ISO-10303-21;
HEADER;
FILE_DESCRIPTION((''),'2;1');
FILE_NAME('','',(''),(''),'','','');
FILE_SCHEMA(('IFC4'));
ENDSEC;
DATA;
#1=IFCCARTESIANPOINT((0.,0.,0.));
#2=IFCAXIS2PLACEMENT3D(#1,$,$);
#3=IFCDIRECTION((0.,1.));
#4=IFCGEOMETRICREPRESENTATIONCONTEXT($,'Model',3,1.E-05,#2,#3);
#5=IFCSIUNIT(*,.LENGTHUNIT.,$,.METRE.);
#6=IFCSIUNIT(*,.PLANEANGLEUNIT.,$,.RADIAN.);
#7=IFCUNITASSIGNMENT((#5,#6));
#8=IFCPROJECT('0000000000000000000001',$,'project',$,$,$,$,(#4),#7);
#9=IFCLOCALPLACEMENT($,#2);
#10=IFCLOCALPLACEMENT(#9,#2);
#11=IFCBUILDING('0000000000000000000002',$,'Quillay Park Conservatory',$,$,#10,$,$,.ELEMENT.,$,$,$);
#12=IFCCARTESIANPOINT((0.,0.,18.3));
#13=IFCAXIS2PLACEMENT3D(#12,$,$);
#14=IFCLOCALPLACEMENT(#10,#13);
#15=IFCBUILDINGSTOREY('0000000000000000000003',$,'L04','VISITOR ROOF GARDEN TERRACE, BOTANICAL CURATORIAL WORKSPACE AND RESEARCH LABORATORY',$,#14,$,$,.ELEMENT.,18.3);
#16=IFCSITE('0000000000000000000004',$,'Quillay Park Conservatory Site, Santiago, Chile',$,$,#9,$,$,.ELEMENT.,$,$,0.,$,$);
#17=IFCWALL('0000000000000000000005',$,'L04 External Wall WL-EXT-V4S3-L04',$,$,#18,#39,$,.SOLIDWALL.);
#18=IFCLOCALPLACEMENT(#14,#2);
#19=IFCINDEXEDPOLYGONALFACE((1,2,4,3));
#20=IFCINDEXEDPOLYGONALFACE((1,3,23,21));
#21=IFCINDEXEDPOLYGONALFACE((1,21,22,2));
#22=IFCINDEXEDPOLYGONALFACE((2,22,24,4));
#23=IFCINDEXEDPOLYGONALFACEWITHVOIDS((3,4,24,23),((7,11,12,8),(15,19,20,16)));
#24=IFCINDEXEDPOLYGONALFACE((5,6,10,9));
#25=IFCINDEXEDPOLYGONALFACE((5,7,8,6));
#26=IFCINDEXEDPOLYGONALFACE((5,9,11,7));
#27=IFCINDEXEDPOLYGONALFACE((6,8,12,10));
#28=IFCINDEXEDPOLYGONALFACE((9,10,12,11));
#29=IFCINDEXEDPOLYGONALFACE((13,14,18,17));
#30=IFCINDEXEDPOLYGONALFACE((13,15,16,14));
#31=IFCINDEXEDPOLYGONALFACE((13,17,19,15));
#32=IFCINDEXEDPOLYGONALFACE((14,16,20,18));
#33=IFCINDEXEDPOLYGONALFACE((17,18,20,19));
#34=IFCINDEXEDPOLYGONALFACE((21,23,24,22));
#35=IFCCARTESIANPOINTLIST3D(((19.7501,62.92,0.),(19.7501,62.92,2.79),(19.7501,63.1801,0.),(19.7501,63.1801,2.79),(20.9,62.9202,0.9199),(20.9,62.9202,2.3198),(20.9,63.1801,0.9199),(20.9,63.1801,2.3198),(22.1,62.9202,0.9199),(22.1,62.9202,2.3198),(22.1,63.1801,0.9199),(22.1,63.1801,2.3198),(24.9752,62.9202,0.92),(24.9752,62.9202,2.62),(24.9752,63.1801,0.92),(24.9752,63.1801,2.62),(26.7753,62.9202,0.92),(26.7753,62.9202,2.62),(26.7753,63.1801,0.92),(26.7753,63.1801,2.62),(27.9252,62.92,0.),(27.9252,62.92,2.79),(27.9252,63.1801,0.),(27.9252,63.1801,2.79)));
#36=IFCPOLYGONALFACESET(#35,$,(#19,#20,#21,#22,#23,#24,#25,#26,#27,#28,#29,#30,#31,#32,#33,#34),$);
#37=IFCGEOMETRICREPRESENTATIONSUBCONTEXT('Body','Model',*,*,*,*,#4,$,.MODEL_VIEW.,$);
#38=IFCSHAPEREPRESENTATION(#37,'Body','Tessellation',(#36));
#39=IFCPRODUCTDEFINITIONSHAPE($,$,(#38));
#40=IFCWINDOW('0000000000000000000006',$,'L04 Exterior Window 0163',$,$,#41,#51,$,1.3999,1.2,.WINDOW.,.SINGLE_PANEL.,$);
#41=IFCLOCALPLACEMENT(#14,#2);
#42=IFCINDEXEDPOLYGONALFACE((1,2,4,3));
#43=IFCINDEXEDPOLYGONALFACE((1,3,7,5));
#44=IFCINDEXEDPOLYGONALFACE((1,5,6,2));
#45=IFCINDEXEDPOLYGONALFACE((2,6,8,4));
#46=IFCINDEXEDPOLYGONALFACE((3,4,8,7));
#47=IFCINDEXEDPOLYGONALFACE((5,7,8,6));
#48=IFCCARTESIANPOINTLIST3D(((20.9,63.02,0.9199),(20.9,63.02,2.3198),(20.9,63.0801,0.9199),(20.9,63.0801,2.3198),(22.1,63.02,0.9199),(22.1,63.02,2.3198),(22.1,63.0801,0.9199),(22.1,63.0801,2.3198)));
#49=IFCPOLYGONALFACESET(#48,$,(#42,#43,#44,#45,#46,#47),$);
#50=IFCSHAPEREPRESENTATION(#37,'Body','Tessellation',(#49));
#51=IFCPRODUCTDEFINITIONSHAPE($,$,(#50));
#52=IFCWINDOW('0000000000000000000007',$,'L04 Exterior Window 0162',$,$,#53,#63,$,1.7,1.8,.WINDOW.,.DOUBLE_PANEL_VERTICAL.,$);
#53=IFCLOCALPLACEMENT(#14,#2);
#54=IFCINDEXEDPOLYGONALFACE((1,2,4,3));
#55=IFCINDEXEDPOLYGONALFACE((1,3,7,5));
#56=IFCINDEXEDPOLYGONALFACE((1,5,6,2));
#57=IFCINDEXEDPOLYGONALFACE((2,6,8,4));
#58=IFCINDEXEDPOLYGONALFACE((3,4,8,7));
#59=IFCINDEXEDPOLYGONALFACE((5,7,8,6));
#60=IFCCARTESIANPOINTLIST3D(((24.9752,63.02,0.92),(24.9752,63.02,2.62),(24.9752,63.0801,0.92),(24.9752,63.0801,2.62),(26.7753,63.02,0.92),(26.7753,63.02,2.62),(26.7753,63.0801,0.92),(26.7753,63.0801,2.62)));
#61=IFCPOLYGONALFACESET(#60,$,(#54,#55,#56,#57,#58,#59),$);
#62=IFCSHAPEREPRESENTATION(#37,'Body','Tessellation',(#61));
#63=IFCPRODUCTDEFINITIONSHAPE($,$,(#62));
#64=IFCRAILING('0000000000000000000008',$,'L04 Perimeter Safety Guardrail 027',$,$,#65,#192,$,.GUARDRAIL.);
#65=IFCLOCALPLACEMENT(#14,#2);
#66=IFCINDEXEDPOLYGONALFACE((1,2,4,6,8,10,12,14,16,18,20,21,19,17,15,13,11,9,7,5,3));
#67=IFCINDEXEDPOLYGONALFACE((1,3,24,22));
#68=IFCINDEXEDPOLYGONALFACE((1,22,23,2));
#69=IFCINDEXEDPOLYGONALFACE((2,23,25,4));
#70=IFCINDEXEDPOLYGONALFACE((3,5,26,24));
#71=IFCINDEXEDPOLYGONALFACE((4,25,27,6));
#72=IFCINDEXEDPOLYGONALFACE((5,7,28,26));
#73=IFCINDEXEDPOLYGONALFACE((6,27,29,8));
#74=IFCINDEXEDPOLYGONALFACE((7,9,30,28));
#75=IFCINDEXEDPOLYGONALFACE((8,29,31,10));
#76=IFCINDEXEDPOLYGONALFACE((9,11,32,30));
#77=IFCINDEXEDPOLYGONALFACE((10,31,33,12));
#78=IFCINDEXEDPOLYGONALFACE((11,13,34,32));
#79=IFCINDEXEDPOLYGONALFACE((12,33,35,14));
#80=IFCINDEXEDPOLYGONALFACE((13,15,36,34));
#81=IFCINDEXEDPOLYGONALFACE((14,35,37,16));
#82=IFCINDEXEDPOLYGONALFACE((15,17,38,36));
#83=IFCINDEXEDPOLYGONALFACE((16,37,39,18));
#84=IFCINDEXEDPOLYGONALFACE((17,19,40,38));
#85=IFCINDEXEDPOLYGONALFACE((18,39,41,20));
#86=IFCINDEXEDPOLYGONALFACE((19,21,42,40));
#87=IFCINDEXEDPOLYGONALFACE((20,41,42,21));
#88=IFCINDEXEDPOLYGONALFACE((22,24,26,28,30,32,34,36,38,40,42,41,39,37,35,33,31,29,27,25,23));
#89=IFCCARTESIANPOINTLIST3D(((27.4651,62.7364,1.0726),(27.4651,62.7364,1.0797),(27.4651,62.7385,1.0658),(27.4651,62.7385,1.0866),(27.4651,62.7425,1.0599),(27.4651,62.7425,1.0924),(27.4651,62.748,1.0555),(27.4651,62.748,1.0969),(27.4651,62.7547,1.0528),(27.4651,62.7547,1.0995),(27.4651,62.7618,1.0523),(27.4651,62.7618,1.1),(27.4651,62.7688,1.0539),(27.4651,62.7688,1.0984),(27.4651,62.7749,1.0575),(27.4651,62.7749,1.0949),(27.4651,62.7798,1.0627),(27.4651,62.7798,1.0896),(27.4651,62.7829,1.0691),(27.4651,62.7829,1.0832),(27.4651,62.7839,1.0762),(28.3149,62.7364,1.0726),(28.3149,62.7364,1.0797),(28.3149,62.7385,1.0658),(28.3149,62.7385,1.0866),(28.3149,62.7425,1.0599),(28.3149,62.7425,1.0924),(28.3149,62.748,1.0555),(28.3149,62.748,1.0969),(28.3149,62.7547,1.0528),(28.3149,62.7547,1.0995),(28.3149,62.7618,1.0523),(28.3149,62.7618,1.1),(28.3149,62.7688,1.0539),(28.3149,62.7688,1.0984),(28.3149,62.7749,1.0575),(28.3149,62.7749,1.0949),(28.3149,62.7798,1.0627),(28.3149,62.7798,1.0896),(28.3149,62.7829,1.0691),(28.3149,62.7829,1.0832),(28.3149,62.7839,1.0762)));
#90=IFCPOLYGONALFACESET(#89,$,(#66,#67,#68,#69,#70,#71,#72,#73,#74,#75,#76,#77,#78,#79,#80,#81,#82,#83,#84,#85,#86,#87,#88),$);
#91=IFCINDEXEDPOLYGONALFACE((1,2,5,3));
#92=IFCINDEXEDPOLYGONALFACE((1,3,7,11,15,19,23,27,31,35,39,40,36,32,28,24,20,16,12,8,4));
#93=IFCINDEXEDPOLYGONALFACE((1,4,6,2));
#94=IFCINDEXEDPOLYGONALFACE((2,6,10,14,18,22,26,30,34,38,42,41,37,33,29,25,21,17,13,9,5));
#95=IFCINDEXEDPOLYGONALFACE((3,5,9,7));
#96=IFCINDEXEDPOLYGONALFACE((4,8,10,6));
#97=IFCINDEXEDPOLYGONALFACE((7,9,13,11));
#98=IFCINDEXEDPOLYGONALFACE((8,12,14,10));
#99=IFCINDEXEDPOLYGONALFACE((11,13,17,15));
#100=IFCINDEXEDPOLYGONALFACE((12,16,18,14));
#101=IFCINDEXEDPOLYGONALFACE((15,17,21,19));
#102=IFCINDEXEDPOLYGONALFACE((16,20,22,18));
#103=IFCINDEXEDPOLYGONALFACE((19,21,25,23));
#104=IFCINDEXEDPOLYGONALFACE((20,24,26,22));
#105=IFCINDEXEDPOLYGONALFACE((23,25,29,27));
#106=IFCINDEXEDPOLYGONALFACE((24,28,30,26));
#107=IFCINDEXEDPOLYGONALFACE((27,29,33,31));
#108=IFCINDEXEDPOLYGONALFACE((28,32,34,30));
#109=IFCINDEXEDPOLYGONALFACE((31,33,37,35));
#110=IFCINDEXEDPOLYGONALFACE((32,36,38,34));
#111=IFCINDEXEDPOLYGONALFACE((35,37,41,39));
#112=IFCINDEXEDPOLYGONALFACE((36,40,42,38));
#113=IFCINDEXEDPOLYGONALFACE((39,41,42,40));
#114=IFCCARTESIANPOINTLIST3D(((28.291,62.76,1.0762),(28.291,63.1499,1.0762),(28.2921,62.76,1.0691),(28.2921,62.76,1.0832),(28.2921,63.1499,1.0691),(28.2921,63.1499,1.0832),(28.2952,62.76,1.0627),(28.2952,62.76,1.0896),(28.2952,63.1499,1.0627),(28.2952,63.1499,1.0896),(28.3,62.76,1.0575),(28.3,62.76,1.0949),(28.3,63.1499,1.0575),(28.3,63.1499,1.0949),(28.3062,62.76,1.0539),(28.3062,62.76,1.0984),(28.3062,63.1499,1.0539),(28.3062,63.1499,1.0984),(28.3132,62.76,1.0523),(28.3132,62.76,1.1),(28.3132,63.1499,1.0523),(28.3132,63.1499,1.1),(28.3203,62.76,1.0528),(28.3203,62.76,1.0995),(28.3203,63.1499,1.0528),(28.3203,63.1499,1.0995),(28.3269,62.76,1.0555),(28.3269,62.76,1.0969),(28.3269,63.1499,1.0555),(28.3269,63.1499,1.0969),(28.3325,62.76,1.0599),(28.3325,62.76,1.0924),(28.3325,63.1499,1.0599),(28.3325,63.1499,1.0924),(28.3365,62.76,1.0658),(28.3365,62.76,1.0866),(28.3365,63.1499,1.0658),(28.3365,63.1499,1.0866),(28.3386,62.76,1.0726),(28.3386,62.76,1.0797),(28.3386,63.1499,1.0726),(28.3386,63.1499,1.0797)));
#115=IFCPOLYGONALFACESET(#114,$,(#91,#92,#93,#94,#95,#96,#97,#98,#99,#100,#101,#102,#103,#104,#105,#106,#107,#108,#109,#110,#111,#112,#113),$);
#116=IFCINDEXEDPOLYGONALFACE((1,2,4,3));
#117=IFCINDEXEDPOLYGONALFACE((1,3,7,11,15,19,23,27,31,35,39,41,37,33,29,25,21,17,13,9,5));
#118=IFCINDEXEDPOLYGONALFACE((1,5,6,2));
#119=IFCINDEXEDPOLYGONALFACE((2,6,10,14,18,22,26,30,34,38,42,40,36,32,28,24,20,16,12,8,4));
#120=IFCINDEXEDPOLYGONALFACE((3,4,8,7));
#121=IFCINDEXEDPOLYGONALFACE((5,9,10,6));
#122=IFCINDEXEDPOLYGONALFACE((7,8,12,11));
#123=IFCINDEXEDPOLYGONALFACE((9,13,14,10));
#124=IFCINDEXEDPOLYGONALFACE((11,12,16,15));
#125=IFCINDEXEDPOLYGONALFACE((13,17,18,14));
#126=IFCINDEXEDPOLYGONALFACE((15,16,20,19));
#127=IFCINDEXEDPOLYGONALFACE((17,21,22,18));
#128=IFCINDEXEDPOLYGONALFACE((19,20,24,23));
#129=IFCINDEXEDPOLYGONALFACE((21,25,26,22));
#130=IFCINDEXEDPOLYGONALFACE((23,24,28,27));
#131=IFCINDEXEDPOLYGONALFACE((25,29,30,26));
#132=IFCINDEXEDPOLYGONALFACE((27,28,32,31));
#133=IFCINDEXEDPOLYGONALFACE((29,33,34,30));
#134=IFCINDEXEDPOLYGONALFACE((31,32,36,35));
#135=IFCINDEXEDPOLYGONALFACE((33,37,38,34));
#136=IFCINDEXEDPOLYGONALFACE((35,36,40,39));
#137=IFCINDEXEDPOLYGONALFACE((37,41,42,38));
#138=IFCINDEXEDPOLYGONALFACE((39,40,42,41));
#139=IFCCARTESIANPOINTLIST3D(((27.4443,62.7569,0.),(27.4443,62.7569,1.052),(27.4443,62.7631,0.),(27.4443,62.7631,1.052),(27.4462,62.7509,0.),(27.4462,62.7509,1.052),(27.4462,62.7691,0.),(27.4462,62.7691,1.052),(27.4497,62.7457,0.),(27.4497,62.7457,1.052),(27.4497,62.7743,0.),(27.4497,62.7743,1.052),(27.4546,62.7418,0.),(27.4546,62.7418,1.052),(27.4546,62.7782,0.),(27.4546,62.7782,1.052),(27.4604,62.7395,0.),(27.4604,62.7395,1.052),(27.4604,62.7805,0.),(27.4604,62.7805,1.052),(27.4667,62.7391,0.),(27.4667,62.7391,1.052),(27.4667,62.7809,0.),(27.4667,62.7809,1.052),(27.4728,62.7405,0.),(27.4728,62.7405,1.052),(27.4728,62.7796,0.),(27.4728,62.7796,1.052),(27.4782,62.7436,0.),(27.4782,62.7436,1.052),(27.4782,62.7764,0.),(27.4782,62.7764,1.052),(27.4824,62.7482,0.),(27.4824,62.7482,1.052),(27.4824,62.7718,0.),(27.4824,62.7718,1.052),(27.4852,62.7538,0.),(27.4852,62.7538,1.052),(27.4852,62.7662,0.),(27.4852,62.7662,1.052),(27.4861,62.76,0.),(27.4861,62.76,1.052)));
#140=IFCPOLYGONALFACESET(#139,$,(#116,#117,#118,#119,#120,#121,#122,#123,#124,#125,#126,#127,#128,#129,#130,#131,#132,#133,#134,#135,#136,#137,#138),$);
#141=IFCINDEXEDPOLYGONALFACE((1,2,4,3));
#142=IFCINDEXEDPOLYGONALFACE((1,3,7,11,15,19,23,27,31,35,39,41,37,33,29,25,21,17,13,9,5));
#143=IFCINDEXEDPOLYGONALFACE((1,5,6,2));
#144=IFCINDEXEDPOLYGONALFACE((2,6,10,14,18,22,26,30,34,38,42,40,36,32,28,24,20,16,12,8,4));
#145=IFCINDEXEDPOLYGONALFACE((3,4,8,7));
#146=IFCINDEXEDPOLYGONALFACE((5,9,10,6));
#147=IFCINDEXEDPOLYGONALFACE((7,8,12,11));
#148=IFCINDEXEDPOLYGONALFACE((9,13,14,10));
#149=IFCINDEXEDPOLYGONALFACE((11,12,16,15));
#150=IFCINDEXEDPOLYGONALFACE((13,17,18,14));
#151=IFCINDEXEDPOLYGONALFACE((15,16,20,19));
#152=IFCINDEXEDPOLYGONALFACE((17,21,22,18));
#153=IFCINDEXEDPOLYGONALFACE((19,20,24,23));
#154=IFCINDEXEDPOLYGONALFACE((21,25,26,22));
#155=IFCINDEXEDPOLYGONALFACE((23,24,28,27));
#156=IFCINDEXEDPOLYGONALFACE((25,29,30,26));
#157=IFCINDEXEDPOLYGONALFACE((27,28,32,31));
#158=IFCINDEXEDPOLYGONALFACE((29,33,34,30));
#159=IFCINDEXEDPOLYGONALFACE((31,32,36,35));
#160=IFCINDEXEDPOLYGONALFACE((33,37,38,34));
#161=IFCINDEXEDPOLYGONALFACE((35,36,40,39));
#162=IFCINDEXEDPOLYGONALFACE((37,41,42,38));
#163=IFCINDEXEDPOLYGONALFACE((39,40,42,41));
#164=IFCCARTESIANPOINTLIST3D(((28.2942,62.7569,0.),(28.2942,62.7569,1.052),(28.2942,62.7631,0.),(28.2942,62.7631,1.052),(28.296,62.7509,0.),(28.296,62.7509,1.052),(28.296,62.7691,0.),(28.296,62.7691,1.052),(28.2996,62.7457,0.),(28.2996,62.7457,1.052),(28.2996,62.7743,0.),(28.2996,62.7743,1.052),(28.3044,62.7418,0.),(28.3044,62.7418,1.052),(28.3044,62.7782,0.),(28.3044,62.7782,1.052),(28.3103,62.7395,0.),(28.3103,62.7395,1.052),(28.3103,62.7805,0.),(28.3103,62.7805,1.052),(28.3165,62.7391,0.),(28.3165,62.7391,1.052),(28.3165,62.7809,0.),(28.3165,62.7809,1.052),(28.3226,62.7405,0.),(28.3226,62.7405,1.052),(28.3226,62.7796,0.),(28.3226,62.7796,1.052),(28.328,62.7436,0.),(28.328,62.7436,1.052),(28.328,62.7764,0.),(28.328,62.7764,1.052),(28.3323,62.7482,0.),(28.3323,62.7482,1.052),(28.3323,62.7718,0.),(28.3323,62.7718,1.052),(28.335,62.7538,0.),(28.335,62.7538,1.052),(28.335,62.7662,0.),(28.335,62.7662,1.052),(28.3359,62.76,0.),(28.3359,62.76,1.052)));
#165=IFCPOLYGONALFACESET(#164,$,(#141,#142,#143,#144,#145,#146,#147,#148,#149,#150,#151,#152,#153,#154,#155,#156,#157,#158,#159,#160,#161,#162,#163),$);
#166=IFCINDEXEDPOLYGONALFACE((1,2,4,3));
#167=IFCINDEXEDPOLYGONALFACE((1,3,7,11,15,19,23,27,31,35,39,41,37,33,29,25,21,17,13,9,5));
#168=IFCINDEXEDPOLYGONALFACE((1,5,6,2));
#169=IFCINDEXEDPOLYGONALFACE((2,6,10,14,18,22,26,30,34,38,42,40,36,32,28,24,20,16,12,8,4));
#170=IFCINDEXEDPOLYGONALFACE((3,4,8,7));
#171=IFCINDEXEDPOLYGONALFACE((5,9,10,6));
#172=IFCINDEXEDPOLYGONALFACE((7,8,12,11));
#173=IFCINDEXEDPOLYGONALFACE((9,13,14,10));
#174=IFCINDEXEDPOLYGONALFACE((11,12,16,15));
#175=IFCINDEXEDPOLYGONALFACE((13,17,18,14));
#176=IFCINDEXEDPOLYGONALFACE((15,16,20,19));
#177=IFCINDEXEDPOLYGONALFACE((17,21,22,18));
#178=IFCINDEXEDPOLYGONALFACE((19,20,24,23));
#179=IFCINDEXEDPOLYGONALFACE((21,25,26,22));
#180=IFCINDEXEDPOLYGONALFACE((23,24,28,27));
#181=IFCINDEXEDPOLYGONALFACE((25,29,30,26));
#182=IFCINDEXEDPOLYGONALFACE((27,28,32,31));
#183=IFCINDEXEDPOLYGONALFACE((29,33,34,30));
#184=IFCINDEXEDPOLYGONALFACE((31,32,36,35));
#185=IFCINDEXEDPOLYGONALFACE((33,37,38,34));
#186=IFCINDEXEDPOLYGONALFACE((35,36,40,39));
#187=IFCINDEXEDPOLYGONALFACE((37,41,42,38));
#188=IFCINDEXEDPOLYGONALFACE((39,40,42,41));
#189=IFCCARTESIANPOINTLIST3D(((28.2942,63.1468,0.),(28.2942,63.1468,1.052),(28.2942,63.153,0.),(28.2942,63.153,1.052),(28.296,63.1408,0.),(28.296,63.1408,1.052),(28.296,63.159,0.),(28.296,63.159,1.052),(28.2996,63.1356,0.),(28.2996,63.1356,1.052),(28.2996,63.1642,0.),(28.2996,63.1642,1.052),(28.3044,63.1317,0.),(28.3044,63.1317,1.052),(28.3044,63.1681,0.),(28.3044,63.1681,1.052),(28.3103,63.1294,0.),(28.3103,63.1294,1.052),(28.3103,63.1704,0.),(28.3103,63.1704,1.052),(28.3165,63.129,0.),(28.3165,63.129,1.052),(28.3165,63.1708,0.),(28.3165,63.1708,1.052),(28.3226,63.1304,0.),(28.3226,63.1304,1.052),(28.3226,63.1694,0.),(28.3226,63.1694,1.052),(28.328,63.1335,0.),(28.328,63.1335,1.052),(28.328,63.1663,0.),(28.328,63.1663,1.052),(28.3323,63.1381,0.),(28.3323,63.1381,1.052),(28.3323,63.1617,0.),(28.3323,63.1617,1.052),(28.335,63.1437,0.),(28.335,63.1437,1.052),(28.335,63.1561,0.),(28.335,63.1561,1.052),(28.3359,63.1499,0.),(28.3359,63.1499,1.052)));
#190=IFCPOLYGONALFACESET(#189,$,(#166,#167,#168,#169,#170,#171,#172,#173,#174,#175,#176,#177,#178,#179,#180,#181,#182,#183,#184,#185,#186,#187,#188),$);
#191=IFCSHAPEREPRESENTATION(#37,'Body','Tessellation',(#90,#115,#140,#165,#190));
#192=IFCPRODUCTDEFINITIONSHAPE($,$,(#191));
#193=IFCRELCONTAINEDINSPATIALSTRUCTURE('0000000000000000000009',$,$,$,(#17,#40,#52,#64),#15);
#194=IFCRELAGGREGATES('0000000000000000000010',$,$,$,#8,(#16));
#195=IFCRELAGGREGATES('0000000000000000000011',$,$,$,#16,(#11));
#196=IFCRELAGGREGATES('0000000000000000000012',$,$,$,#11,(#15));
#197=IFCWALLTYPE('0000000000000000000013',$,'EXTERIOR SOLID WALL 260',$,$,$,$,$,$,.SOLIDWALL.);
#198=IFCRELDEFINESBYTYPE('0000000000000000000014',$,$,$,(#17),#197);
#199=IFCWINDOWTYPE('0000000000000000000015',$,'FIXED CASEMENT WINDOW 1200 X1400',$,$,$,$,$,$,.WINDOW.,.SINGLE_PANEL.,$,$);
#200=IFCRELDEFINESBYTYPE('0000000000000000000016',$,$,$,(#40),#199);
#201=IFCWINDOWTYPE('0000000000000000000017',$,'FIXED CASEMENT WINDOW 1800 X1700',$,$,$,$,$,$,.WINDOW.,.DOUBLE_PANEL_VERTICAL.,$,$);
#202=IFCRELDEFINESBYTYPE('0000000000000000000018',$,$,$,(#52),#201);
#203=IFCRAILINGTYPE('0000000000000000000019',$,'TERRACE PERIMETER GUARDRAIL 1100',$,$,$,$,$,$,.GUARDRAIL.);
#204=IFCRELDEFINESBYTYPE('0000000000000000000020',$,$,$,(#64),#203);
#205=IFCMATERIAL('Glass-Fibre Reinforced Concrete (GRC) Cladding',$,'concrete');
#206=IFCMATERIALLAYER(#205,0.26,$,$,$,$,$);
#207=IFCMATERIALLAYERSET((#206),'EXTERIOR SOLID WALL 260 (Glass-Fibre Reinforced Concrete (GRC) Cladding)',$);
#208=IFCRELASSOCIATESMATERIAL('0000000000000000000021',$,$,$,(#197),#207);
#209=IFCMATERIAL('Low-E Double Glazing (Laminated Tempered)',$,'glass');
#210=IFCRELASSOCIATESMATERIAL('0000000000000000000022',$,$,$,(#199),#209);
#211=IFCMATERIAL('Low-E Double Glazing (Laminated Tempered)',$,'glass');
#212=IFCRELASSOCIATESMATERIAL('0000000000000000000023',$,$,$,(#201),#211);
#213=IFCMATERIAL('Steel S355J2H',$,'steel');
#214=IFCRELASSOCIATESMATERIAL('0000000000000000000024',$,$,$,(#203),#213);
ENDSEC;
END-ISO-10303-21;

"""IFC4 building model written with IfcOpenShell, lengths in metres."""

from ifc_helpers import new_model, si_unit, direction, frame, frame_2d, origin, origin_2d, place, context, subcontext, project, spatial, rectangle, circle, extrude, material, layer, layer_set, type_object, element, fill, save


model = new_model("IFC4")

# Units and contexts
model_context = context("Model", 3, precision=1e-05, world=origin(), true_north=direction((0.0, 1.0)))
body_context = subcontext(model_context, "Body", "Model", "MODEL_VIEW")
ifc_project = project(units=[si_unit("LENGTHUNIT", "METRE"), si_unit("PLANEANGLEUNIT", "RADIAN")], contexts=[model_context])

# Site, building, storey
site_placement = place(None, origin())
site = spatial("IfcSite", under=ifc_project, at=site_placement, Name="Quillay Park Conservatory Site, Santiago, Chile", CompositionType="ELEMENT", RefElevation=0.0)
building_placement = place(site_placement, origin())
building = spatial("IfcBuilding", under=site, at=building_placement, Name="Quillay Park Conservatory", CompositionType="ELEMENT")
storey_placement = place(building_placement, frame((0.0, 0.0, 18.3)))
storey = spatial("IfcBuildingStorey", under=building, at=storey_placement, Name="L04", Description="VISITOR ROOF GARDEN TERRACE, BOTANICAL CURATORIAL WORKSPACE AND RESEARCH LABORATORY", CompositionType="ELEMENT", Elevation=18.3)

# Wall, openings, windows
ifc_material_1 = material(Name="Glass-Fibre Reinforced Concrete (GRC) Cladding", Category="concrete")
ifc_layer_1 = layer(ifc_material_1, 0.26)
ifc_layer_set_1 = layer_set([ifc_layer_1], Name="EXTERIOR SOLID WALL 260 (Glass-Fibre Reinforced Concrete (GRC) Cladding)")
wall_type_1 = type_object("IfcWallType", Name="EXTERIOR SOLID WALL 260", PredefinedType="SOLIDWALL", material=ifc_layer_set_1)
wall_1_placement = place(storey_placement, frame((27.925, 63.05, 0.0), z_axis=(0.0, 0.0, 1.0), x_axis=(-1.0, 0.0, 0.0)))
wall_1 = element("IfcWall", 1, at=wall_1_placement, inside=storey, type_object=wall_type_1, Name="L04 External Wall WL-EXT-V4S3-L04", PredefinedType="SOLIDWALL", context=body_context, shape_type="SweptSolid", body=[
    extrude(rectangle(XDim=8.175, YDim=0.26, at=frame_2d((4.0874, 0.0))), origin(), (0.0, 0.0, 1.0), 2.79),
])
opening_1_placement = place(wall_1_placement, frame((1.1499, 0.0, 0.9199)))
opening_1 = element("IfcOpeningElement", 2, at=opening_1_placement, cuts=wall_1, PredefinedType="OPENING", context=body_context, shape_type="SweptSolid", body=[
    extrude(rectangle(XDim=1.8, YDim=1.7, at=frame_2d((0.8999, 0.8501))), frame((0.0, 0.1299, 0.0), z_axis=(0.0, -1.0, 0.0), x_axis=(1.0, 0.0, 0.0)), (0.0, 0.0, 1.0), 0.26),
])
opening_2_placement = place(wall_1_placement, frame((5.825, 0.0, 0.9199)))
opening_2 = element("IfcOpeningElement", 3, at=opening_2_placement, cuts=wall_1, PredefinedType="OPENING", context=body_context, shape_type="SweptSolid", body=[
    extrude(rectangle(XDim=1.2, YDim=1.3999, at=frame_2d((0.6001, 0.7))), frame((0.0, 0.1299, 0.0), z_axis=(0.0, -1.0, 0.0), x_axis=(1.0, 0.0, 0.0)), (0.0, 0.0, 1.0), 0.26),
])
ifc_material_2 = material(Name="Low-E Double Glazing (Laminated Tempered)", Category="glass")
window_type_1 = type_object("IfcWindowType", Name="FIXED CASEMENT WINDOW 1200 X1400", PartitioningType="SINGLE_PANEL", PredefinedType="WINDOW", material=ifc_material_2)
window_1_placement = place(opening_2_placement, origin())
window_1 = element("IfcWindow", 4, at=window_1_placement, inside=storey, type_object=window_type_1, Name="L04 Exterior Window 0163", OverallHeight=1.3999, OverallWidth=1.2, PartitioningType="SINGLE_PANEL", PredefinedType="WINDOW", context=body_context, shape_type="SweptSolid", body=[
    extrude(rectangle(XDim=1.2, YDim=1.3999, at=frame_2d((0.6001, 0.7))), frame((0.0, 0.03, 0.0), z_axis=(0.0, -1.0, 0.0), x_axis=(1.0, 0.0, 0.0)), (0.0, 0.0, 1.0), 0.0601),
])
fill(opening_2, window_1)
ifc_material_3 = material(Name="Low-E Double Glazing (Laminated Tempered)", Category="glass")
window_type_2 = type_object("IfcWindowType", Name="FIXED CASEMENT WINDOW 1800 X1700", PartitioningType="DOUBLE_PANEL_VERTICAL", PredefinedType="WINDOW", material=ifc_material_3)
window_2_placement = place(opening_1_placement, origin())
window_2 = element("IfcWindow", 5, at=window_2_placement, inside=storey, type_object=window_type_2, Name="L04 Exterior Window 0162", OverallHeight=1.7, OverallWidth=1.8, PartitioningType="DOUBLE_PANEL_VERTICAL", PredefinedType="WINDOW", context=body_context, shape_type="SweptSolid", body=[
    extrude(rectangle(XDim=1.8, YDim=1.7, at=frame_2d((0.8999, 0.8501))), frame((0.0, 0.03, 0.0), z_axis=(0.0, -1.0, 0.0), x_axis=(1.0, 0.0, 0.0)), (0.0, 0.0, 1.0), 0.0601),
])
fill(opening_1, window_2)

# Railing
ifc_material_4 = material(Name="Steel S355J2H", Category="steel")
railing_type = type_object("IfcRailingType", Name="TERRACE PERIMETER GUARDRAIL 1100", PredefinedType="GUARDRAIL", material=ifc_material_4)
railing_placement = place(storey_placement, frame((27.4651, 62.76, 0.0)))
element("IfcRailing", 6, at=railing_placement, inside=storey, type_object=railing_type, Name="L04 Perimeter Safety Guardrail 027", PredefinedType="GUARDRAIL", context=body_context, shape_type="SweptSolid", body=[
    extrude(circle(Radius=0.0239, at=origin_2d()), frame((0.0, 0.0, 1.0762), z_axis=(1.0, 0.0, 0.0), x_axis=(0.0, 1.0, 0.0)), (0.0, 0.0, 1.0), 0.8499),
    extrude(circle(Radius=0.0239, at=origin_2d()), frame((0.8499, 0.0, 1.0762), z_axis=(0.0, 1.0, 0.0), x_axis=(-1.0, 0.0, 0.0)), (0.0, 0.0, 1.0), 0.3899),
    extrude(circle(Radius=0.021, at=origin_2d()), origin(), (0.0, 0.0, 1.0), 1.052),
    extrude(circle(Radius=0.021, at=origin_2d()), frame((0.8499, 0.0, 0.0)), (0.0, 0.0, 1.0), 1.052),
    extrude(circle(Radius=0.021, at=origin_2d()), frame((0.8499, 0.3899, 0.0)), (0.0, 0.0, 1.0), 1.052),
])

save(model, "model.ifc")
